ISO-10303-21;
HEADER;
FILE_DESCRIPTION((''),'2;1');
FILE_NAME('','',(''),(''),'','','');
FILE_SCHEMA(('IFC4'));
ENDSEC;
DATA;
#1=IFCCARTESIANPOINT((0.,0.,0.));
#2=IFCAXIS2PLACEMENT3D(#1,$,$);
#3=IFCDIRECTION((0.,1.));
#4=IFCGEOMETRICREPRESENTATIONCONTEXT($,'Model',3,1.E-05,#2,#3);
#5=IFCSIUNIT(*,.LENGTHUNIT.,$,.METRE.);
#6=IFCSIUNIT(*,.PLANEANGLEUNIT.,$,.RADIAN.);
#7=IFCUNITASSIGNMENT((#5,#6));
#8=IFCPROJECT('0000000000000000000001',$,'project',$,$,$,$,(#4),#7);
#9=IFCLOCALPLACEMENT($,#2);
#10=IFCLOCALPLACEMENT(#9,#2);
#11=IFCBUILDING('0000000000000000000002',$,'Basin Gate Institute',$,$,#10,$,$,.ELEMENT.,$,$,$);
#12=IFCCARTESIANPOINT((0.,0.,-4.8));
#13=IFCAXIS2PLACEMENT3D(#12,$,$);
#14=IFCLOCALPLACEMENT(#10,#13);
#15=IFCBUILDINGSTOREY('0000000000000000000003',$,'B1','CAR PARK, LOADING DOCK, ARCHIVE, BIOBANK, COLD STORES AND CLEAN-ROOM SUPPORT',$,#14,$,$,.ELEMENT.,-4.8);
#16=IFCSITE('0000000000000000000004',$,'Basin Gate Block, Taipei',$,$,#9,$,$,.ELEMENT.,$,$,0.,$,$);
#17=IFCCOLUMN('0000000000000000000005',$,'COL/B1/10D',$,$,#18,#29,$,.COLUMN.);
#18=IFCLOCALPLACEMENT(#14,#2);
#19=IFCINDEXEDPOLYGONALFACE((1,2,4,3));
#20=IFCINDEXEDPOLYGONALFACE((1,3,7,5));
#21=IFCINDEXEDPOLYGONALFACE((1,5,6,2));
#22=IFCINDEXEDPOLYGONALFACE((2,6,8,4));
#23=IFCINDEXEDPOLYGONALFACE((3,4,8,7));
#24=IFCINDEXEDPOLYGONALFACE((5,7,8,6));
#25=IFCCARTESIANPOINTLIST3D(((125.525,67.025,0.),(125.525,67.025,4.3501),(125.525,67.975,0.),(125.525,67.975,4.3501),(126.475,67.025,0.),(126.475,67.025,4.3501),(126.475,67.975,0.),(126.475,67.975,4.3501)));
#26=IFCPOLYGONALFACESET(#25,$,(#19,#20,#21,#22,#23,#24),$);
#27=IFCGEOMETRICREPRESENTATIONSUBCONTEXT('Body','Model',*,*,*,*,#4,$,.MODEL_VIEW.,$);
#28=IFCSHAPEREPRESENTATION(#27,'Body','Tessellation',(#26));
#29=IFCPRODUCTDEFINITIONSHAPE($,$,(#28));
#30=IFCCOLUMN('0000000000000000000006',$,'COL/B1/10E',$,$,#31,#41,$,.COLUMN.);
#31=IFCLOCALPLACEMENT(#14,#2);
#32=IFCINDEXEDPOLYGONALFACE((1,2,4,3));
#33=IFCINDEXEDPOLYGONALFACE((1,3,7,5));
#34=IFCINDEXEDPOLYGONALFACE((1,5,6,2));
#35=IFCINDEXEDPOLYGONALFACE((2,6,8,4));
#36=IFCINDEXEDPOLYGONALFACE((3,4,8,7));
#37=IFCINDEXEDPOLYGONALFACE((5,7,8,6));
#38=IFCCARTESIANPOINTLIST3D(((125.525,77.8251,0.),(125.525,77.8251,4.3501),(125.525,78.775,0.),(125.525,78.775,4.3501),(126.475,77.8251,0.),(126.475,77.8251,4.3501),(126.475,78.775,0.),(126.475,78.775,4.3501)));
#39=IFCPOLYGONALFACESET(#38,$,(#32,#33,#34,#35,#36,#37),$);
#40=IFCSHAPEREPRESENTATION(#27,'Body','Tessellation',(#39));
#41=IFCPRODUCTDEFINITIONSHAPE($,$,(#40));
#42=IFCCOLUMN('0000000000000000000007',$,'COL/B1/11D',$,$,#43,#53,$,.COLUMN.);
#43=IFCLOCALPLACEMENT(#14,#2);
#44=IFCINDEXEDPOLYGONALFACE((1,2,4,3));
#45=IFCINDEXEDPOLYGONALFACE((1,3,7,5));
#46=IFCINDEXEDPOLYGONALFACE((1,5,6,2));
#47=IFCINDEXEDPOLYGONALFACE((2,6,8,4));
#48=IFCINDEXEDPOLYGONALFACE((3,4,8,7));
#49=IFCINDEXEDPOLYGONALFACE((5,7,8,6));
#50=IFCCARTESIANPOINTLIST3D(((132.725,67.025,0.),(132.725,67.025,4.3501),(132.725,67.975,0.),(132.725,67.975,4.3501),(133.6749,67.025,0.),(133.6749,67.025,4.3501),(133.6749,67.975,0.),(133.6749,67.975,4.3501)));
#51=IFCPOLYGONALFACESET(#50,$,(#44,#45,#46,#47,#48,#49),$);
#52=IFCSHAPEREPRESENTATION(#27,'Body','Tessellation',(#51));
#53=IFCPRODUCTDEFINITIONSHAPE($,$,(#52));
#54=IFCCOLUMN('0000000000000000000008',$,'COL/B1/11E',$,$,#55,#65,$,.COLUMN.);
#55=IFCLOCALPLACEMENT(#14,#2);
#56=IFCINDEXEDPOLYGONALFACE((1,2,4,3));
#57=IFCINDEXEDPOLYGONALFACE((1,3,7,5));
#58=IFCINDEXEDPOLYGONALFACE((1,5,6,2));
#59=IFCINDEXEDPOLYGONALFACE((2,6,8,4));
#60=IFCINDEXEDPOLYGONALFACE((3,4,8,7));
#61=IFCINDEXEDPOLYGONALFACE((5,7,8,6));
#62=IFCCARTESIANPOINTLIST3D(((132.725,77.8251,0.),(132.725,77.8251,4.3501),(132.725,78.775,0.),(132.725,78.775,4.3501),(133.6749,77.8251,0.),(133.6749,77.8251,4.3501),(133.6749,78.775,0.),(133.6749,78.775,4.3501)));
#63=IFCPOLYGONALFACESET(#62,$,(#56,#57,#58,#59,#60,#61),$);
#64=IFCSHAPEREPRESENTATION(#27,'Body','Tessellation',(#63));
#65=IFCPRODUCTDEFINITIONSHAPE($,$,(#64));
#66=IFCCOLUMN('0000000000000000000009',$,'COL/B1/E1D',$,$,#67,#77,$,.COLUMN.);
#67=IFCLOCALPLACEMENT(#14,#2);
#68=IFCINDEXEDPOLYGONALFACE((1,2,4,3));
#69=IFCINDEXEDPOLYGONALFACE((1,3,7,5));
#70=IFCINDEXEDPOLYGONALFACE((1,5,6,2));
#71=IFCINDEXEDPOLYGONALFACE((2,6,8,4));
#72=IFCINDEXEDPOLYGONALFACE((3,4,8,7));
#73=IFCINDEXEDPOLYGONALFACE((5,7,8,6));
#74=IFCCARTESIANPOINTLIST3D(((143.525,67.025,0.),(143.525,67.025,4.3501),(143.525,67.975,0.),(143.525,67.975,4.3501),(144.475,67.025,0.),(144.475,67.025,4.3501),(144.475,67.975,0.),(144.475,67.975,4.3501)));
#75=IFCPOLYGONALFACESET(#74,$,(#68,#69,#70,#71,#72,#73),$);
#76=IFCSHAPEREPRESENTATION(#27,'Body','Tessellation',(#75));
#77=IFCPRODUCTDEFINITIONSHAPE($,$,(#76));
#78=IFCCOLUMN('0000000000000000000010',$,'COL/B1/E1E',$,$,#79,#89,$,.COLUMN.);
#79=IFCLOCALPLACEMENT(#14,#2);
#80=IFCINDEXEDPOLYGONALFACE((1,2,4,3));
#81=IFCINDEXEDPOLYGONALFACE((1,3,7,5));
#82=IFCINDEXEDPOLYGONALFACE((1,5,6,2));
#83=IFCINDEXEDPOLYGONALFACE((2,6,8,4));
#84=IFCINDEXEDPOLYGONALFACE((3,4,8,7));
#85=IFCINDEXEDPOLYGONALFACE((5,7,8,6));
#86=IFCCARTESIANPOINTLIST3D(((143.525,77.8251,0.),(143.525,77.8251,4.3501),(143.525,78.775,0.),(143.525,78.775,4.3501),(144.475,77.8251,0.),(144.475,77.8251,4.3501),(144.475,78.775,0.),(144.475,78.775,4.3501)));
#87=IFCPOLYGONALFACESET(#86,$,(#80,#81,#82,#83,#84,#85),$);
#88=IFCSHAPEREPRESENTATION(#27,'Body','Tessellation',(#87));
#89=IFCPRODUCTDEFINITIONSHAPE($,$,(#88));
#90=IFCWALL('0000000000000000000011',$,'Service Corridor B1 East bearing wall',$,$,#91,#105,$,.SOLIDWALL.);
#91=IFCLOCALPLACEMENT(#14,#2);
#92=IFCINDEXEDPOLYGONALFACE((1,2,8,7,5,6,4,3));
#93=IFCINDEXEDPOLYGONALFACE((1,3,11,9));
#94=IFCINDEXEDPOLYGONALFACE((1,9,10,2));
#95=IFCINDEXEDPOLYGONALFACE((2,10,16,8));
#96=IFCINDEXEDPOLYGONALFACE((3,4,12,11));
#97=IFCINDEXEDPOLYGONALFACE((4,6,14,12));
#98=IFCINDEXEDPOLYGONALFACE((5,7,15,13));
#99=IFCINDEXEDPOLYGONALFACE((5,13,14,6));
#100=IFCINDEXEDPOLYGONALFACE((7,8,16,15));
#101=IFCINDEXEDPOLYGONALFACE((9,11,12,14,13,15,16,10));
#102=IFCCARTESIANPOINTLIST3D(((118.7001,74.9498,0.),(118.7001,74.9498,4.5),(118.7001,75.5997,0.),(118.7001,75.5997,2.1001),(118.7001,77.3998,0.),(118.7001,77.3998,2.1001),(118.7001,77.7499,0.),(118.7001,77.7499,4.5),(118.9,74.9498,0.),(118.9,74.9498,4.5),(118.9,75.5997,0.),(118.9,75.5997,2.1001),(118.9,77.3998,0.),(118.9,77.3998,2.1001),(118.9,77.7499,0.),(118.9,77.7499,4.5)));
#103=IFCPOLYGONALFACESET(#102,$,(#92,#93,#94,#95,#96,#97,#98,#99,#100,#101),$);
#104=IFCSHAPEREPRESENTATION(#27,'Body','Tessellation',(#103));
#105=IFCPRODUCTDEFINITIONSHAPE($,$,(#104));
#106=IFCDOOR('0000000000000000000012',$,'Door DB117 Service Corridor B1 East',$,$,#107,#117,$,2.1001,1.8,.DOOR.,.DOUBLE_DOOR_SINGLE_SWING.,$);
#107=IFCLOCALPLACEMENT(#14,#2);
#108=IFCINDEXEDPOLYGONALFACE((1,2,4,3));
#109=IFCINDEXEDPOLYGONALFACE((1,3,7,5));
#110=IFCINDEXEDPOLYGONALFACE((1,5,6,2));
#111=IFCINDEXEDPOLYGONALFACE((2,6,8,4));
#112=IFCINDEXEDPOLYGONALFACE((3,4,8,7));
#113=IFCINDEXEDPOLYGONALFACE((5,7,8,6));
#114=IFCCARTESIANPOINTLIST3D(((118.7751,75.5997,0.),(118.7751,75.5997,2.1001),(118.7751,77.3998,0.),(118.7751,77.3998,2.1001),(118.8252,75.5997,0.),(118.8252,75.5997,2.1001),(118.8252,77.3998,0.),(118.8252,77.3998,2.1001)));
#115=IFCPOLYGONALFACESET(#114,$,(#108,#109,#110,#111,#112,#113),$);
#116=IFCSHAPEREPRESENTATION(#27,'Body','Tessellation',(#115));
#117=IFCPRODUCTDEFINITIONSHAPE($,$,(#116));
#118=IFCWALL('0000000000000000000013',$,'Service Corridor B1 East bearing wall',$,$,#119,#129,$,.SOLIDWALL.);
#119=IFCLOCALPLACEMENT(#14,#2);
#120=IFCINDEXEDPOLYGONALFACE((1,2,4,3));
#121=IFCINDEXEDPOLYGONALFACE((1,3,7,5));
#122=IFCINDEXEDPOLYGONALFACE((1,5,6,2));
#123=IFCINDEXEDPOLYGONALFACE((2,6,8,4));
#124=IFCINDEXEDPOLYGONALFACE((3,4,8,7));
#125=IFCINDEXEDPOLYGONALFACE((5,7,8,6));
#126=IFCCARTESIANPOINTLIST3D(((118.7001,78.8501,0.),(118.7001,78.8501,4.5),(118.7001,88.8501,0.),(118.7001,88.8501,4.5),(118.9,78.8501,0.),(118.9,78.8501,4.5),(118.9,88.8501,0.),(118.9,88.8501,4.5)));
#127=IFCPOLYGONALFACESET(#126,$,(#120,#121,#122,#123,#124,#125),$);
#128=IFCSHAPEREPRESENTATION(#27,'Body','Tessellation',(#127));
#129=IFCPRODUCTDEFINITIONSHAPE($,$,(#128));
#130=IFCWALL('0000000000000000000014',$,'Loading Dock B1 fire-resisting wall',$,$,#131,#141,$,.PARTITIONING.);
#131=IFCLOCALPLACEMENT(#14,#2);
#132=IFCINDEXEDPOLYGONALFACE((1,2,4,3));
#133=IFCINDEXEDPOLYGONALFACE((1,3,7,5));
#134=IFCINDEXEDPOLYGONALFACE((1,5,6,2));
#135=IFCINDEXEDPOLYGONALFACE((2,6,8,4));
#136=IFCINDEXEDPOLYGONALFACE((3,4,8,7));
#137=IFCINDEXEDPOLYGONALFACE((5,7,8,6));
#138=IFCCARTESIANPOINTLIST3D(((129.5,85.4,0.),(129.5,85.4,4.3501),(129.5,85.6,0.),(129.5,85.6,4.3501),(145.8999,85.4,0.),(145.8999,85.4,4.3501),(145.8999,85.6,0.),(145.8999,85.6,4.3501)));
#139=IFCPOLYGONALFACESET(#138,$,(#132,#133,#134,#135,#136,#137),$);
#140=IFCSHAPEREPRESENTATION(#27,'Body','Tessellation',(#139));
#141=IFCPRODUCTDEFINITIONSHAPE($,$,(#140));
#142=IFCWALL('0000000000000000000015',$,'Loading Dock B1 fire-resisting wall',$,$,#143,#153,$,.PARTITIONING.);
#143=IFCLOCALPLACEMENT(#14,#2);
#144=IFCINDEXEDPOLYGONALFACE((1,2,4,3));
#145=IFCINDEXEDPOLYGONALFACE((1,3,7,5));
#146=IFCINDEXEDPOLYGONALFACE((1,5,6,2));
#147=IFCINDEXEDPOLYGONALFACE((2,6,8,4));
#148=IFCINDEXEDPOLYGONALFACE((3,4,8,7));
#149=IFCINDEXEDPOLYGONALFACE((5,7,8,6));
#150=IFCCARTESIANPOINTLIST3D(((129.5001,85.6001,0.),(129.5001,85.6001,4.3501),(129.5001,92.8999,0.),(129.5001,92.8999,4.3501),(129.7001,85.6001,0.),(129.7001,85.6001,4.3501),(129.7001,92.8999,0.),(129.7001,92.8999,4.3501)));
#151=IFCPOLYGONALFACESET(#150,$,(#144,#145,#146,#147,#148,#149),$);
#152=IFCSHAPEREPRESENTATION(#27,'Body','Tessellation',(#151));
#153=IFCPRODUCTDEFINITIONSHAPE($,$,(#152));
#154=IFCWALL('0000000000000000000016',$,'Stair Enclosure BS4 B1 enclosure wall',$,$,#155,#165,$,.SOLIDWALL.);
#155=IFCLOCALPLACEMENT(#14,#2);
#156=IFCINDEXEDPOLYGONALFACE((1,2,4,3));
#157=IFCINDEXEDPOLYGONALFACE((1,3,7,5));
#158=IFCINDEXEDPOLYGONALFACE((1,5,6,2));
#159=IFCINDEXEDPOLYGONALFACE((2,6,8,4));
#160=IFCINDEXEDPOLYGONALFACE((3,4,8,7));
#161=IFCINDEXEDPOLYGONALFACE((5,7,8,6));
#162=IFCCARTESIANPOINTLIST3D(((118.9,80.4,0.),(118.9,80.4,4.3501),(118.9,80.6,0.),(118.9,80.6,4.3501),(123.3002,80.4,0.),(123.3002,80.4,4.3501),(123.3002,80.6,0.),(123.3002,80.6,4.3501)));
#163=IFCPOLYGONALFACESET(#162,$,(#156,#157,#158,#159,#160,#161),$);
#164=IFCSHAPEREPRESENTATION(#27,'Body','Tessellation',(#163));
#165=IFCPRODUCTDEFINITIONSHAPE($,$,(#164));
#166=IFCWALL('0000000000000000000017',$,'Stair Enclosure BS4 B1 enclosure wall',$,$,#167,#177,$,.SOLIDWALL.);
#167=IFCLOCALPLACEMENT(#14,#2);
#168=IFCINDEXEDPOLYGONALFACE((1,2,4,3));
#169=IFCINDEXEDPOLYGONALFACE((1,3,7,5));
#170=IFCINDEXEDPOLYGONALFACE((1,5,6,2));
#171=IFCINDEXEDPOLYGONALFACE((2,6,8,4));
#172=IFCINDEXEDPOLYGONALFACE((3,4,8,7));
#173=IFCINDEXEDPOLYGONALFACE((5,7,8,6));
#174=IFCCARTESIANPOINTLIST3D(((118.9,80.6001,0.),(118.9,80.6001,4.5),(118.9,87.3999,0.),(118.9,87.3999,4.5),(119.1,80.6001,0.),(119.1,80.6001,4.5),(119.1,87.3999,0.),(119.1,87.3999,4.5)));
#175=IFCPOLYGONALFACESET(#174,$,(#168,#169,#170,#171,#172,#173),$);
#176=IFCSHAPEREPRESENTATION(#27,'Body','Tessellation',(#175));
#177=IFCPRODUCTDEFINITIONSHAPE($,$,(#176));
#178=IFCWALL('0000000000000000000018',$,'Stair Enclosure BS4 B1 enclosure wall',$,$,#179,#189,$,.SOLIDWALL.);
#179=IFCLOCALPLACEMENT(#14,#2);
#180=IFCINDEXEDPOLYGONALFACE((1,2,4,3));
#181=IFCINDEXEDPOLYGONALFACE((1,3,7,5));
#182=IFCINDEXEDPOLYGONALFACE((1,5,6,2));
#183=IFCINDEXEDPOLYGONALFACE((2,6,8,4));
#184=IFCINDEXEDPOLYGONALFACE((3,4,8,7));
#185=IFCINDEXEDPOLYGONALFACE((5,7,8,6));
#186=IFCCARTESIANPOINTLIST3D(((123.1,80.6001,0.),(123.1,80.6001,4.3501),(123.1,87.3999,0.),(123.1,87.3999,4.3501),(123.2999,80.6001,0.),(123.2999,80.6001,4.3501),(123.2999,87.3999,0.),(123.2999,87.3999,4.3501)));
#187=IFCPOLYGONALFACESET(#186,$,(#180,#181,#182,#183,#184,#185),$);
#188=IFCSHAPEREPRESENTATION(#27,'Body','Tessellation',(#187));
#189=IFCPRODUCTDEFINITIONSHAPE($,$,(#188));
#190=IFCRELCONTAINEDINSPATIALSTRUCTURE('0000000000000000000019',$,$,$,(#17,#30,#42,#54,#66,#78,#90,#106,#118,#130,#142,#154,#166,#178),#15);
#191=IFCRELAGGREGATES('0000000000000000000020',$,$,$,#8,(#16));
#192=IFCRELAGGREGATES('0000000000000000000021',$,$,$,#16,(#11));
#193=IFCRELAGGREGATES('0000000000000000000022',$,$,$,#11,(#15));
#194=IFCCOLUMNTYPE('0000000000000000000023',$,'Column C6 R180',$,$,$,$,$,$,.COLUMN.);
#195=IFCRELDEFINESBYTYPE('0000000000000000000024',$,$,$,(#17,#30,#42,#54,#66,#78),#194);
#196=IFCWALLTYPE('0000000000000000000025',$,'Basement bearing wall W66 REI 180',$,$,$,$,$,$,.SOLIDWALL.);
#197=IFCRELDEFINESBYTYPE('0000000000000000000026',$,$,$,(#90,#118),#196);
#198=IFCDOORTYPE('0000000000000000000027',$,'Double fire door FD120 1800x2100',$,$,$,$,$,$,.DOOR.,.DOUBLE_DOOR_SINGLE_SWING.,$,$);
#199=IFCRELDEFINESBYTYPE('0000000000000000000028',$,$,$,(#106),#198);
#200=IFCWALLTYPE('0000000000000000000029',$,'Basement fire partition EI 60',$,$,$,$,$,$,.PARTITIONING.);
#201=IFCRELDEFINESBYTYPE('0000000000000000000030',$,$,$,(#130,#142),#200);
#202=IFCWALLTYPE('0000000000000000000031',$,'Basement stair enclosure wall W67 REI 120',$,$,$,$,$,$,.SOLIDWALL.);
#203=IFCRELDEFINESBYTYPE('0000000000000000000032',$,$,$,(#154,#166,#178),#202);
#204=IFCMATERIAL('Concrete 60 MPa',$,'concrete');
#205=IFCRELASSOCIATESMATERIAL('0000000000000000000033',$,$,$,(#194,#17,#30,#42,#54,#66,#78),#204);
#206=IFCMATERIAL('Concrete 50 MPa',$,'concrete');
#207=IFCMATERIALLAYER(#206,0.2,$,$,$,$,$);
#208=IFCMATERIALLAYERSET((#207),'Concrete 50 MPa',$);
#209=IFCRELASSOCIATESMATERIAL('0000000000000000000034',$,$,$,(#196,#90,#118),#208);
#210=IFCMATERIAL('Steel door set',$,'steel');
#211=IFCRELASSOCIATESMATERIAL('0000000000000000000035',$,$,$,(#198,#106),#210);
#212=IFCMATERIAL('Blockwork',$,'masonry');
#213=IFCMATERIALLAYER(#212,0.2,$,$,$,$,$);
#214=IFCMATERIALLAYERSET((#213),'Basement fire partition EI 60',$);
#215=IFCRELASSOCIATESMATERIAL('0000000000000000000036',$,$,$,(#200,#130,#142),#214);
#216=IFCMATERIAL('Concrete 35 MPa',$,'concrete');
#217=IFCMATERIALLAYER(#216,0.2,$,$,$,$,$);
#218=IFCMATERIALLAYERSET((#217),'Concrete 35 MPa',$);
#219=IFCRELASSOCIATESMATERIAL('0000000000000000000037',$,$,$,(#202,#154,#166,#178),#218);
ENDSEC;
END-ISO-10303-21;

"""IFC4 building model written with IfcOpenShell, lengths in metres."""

from ifc_helpers import new_model, si_unit, direction, frame, frame_2d, origin, origin_2d, place, context, subcontext, project, spatial, rectangle, extrude, material, layer, layer_set, material_profile, profile_set, type_object, element, fill, save


model = new_model("IFC4")

# Units and contexts
model_context = context("Model", 3, precision=1e-05, world=origin(), true_north=direction((0.0, 1.0)))
body_context = subcontext(model_context, "Body", "Model", "MODEL_VIEW")
ifc_project = project(units=[si_unit("LENGTHUNIT", "METRE"), si_unit("PLANEANGLEUNIT", "RADIAN")], contexts=[model_context])

# Site, building, storey
site_placement = place(None, origin())
site = spatial("IfcSite", under=ifc_project, at=site_placement, Name="Basin Gate Block, Taipei", CompositionType="ELEMENT", RefElevation=0.0)
building_placement = place(site_placement, origin())
building = spatial("IfcBuilding", under=site, at=building_placement, Name="Basin Gate Institute", CompositionType="ELEMENT")
storey_placement = place(building_placement, frame((0.0, 0.0, -4.8)))
storey = spatial("IfcBuildingStorey", under=building, at=storey_placement, Name="B1", Description="CAR PARK, LOADING DOCK, ARCHIVE, BIOBANK, COLD STORES AND CLEAN-ROOM SUPPORT", CompositionType="ELEMENT", Elevation=-4.8)

# Columns
ifc_material_1 = material(Name="Concrete 60 MPa", Category="concrete")
ifc_material_profile = material_profile(ifc_material_1, rectangle(XDim=0.95, YDim=0.95, at=origin_2d()), Name="Column C6 950 x 950")
ifc_profile_set = profile_set([ifc_material_profile], Name="Concrete 60 MPa")
column_type = type_object("IfcColumnType", Name="Column C6 R180", PredefinedType="COLUMN", material=ifc_profile_set)
for number, where, z_axis, x_axis, name in (
    (1, (126.0, 67.5, 0.0), (0.0, 0.0, 1.0), (1.0, 0.0, 0.0), "COL/B1/10D"),
    (2, (126.0, 78.3, 0.0), (0.0, 0.0, 1.0), (1.0, 0.0, 0.0), "COL/B1/10E"),
    (3, (133.2, 67.5, 0.0), (0.0, 0.0, 1.0), (1.0, 0.0, 0.0), "COL/B1/11D"),
    (4, (133.2, 78.3, 0.0), (0.0, 0.0, 1.0), (1.0, 0.0, 0.0), "COL/B1/11E"),
    (5, (144.0, 67.5, 0.0), (0.0, 0.0, 1.0), (1.0, 0.0, 0.0), "COL/B1/E1D"),
    (6, (144.0, 78.3, 0.0), (0.0, 0.0, 1.0), (1.0, 0.0, 0.0), "COL/B1/E1E"),
):
    element("IfcColumn", number, at=place(storey_placement, frame(where, z_axis=z_axis, x_axis=x_axis)), inside=storey, type_object=column_type, material=ifc_profile_set, Name=name, PredefinedType="COLUMN", context=body_context, shape_type="SweptSolid", body=[
        extrude(rectangle(XDim=0.95, YDim=0.95, at=origin_2d()), origin(), (0.0, 0.0, 1.0), 4.3501),
    ])

# Wall, opening, door
ifc_material_2 = material(Name="Concrete 50 MPa", Category="concrete")
ifc_layer_1 = layer(ifc_material_2, 0.2)
ifc_layer_set_1 = layer_set([ifc_layer_1], Name="Concrete 50 MPa")
wall_type_1 = type_object("IfcWallType", Name="Basement bearing wall W66 REI 180", PredefinedType="SOLIDWALL", material=ifc_layer_set_1)
wall_1_placement = place(storey_placement, frame((118.8, 74.95, 0.0), z_axis=(0.0, 0.0, 1.0), x_axis=(0.0, 1.0, 0.0)))
wall_1 = element("IfcWall", 7, at=wall_1_placement, inside=storey, type_object=wall_type_1, material=ifc_layer_set_1, Name="Service Corridor B1 East bearing wall", PredefinedType="SOLIDWALL", context=body_context, shape_type="SweptSolid", body=[
    extrude(rectangle(XDim=2.8, YDim=0.2, at=frame_2d((1.3999, 0.0))), origin(), (0.0, 0.0, 1.0), 4.5),
])
opening_placement = place(wall_1_placement, frame((0.6499, 0.0, 0.0)))
opening = element("IfcOpeningElement", 8, at=opening_placement, cuts=wall_1, PredefinedType="OPENING", context=body_context, shape_type="SweptSolid", body=[
    extrude(rectangle(XDim=1.8, YDim=2.1001, at=frame_2d((0.8999, 1.05))), frame((0.0, 0.1099, 0.0), z_axis=(0.0, -1.0, 0.0), x_axis=(1.0, 0.0, 0.0)), (0.0, 0.0, 1.0), 0.22),
])
ifc_material_3 = material(Name="Steel door set", Category="steel")
door_type = type_object("IfcDoorType", Name="Double fire door FD120 1800x2100", OperationType="DOUBLE_DOOR_SINGLE_SWING", PredefinedType="DOOR", material=ifc_material_3)
door_placement = place(opening_placement, origin())
door = element("IfcDoor", 9, at=door_placement, inside=storey, type_object=door_type, material=ifc_material_3, Name="Door DB117 Service Corridor B1 East", OperationType="DOUBLE_DOOR_SINGLE_SWING", OverallHeight=2.1001, OverallWidth=1.8, PredefinedType="DOOR", context=body_context, shape_type="SweptSolid", body=[
    extrude(rectangle(XDim=1.8, YDim=2.1001, at=frame_2d((0.8999, 1.05))), frame((0.0, 0.0249, 0.0), z_axis=(0.0, -1.0, 0.0), x_axis=(1.0, 0.0, 0.0)), (0.0, 0.0, 1.0), 0.05),
])
fill(opening, door)

# Walls
wall_2_placement = place(storey_placement, frame((118.8, 78.8501, 0.0), z_axis=(0.0, 0.0, 1.0), x_axis=(0.0, 1.0, 0.0)))
element("IfcWall", 10, at=wall_2_placement, inside=storey, type_object=wall_type_1, material=ifc_layer_set_1, Name="Service Corridor B1 East bearing wall", PredefinedType="SOLIDWALL", context=body_context, shape_type="SweptSolid", body=[
    extrude(rectangle(XDim=10.0, YDim=0.2, at=frame_2d((5.0, 0.0))), origin(), (0.0, 0.0, 1.0), 4.5),
])
ifc_material_4 = material(Name="Blockwork", Category="masonry")
ifc_layer_2 = layer(ifc_material_4, 0.2)
ifc_layer_set_2 = layer_set([ifc_layer_2], Name="Basement fire partition EI 60")
wall_type_2 = type_object("IfcWallType", Name="Basement fire partition EI 60", PredefinedType="PARTITIONING", material=ifc_layer_set_2)
wall_3_placement = place(storey_placement, frame((129.5, 85.5, 0.0), z_axis=(0.0, 0.0, 1.0), x_axis=(1.0, 0.0, 0.0)))
element("IfcWall", 11, at=wall_3_placement, inside=storey, type_object=wall_type_2, material=ifc_layer_set_2, Name="Loading Dock B1 fire-resisting wall", PredefinedType="PARTITIONING", context=body_context, shape_type="SweptSolid", body=[
    extrude(rectangle(XDim=16.3999, YDim=0.2, at=frame_2d((8.2, 0.0))), origin(), (0.0, 0.0, 1.0), 4.3501),
])
wall_4_placement = place(storey_placement, frame((129.6001, 85.6001, 0.0), z_axis=(0.0, 0.0, 1.0), x_axis=(0.0, 1.0, 0.0)))
element("IfcWall", 12, at=wall_4_placement, inside=storey, type_object=wall_type_2, material=ifc_layer_set_2, Name="Loading Dock B1 fire-resisting wall", PredefinedType="PARTITIONING", context=body_context, shape_type="SweptSolid", body=[
    extrude(rectangle(XDim=7.2998, YDim=0.2, at=frame_2d((3.6499, 0.0))), origin(), (0.0, 0.0, 1.0), 4.3501),
])
ifc_material_5 = material(Name="Concrete 35 MPa", Category="concrete")
ifc_layer_3 = layer(ifc_material_5, 0.2)
ifc_layer_set_3 = layer_set([ifc_layer_3], Name="Concrete 35 MPa")
wall_type_3 = type_object("IfcWallType", Name="Basement stair enclosure wall W67 REI 120", PredefinedType="SOLIDWALL", material=ifc_layer_set_3)
wall_5_placement = place(storey_placement, frame((118.8999, 80.5, 0.0), z_axis=(0.0, 0.0, 1.0), x_axis=(1.0, 0.0, 0.0)))
element("IfcWall", 13, at=wall_5_placement, inside=storey, type_object=wall_type_3, material=ifc_layer_set_3, Name="Stair Enclosure BS4 B1 enclosure wall", PredefinedType="SOLIDWALL", context=body_context, shape_type="SweptSolid", body=[
    extrude(rectangle(XDim=4.4001, YDim=0.2, at=frame_2d((2.2002, 0.0))), origin(), (0.0, 0.0, 1.0), 4.3501),
])
wall_6_placement = place(storey_placement, frame((119.0, 80.6001, 0.0), z_axis=(0.0, 0.0, 1.0), x_axis=(0.0, 1.0, 0.0)))
element("IfcWall", 14, at=wall_6_placement, inside=storey, type_object=wall_type_3, material=ifc_layer_set_3, Name="Stair Enclosure BS4 B1 enclosure wall", PredefinedType="SOLIDWALL", context=body_context, shape_type="SweptSolid", body=[
    extrude(rectangle(XDim=6.7998, YDim=0.2, at=frame_2d((3.3999, 0.0))), origin(), (0.0, 0.0, 1.0), 4.5),
])
wall_7_placement = place(storey_placement, frame((123.2, 80.6001, 0.0), z_axis=(0.0, 0.0, 1.0), x_axis=(0.0, 1.0, 0.0)))
element("IfcWall", 15, at=wall_7_placement, inside=storey, type_object=wall_type_3, material=ifc_layer_set_3, Name="Stair Enclosure BS4 B1 enclosure wall", PredefinedType="SOLIDWALL", context=body_context, shape_type="SweptSolid", body=[
    extrude(rectangle(XDim=6.7998, YDim=0.2, at=frame_2d((3.3999, 0.0))), origin(), (0.0, 0.0, 1.0), 4.3501),
])

save(model, "model.ifc")
